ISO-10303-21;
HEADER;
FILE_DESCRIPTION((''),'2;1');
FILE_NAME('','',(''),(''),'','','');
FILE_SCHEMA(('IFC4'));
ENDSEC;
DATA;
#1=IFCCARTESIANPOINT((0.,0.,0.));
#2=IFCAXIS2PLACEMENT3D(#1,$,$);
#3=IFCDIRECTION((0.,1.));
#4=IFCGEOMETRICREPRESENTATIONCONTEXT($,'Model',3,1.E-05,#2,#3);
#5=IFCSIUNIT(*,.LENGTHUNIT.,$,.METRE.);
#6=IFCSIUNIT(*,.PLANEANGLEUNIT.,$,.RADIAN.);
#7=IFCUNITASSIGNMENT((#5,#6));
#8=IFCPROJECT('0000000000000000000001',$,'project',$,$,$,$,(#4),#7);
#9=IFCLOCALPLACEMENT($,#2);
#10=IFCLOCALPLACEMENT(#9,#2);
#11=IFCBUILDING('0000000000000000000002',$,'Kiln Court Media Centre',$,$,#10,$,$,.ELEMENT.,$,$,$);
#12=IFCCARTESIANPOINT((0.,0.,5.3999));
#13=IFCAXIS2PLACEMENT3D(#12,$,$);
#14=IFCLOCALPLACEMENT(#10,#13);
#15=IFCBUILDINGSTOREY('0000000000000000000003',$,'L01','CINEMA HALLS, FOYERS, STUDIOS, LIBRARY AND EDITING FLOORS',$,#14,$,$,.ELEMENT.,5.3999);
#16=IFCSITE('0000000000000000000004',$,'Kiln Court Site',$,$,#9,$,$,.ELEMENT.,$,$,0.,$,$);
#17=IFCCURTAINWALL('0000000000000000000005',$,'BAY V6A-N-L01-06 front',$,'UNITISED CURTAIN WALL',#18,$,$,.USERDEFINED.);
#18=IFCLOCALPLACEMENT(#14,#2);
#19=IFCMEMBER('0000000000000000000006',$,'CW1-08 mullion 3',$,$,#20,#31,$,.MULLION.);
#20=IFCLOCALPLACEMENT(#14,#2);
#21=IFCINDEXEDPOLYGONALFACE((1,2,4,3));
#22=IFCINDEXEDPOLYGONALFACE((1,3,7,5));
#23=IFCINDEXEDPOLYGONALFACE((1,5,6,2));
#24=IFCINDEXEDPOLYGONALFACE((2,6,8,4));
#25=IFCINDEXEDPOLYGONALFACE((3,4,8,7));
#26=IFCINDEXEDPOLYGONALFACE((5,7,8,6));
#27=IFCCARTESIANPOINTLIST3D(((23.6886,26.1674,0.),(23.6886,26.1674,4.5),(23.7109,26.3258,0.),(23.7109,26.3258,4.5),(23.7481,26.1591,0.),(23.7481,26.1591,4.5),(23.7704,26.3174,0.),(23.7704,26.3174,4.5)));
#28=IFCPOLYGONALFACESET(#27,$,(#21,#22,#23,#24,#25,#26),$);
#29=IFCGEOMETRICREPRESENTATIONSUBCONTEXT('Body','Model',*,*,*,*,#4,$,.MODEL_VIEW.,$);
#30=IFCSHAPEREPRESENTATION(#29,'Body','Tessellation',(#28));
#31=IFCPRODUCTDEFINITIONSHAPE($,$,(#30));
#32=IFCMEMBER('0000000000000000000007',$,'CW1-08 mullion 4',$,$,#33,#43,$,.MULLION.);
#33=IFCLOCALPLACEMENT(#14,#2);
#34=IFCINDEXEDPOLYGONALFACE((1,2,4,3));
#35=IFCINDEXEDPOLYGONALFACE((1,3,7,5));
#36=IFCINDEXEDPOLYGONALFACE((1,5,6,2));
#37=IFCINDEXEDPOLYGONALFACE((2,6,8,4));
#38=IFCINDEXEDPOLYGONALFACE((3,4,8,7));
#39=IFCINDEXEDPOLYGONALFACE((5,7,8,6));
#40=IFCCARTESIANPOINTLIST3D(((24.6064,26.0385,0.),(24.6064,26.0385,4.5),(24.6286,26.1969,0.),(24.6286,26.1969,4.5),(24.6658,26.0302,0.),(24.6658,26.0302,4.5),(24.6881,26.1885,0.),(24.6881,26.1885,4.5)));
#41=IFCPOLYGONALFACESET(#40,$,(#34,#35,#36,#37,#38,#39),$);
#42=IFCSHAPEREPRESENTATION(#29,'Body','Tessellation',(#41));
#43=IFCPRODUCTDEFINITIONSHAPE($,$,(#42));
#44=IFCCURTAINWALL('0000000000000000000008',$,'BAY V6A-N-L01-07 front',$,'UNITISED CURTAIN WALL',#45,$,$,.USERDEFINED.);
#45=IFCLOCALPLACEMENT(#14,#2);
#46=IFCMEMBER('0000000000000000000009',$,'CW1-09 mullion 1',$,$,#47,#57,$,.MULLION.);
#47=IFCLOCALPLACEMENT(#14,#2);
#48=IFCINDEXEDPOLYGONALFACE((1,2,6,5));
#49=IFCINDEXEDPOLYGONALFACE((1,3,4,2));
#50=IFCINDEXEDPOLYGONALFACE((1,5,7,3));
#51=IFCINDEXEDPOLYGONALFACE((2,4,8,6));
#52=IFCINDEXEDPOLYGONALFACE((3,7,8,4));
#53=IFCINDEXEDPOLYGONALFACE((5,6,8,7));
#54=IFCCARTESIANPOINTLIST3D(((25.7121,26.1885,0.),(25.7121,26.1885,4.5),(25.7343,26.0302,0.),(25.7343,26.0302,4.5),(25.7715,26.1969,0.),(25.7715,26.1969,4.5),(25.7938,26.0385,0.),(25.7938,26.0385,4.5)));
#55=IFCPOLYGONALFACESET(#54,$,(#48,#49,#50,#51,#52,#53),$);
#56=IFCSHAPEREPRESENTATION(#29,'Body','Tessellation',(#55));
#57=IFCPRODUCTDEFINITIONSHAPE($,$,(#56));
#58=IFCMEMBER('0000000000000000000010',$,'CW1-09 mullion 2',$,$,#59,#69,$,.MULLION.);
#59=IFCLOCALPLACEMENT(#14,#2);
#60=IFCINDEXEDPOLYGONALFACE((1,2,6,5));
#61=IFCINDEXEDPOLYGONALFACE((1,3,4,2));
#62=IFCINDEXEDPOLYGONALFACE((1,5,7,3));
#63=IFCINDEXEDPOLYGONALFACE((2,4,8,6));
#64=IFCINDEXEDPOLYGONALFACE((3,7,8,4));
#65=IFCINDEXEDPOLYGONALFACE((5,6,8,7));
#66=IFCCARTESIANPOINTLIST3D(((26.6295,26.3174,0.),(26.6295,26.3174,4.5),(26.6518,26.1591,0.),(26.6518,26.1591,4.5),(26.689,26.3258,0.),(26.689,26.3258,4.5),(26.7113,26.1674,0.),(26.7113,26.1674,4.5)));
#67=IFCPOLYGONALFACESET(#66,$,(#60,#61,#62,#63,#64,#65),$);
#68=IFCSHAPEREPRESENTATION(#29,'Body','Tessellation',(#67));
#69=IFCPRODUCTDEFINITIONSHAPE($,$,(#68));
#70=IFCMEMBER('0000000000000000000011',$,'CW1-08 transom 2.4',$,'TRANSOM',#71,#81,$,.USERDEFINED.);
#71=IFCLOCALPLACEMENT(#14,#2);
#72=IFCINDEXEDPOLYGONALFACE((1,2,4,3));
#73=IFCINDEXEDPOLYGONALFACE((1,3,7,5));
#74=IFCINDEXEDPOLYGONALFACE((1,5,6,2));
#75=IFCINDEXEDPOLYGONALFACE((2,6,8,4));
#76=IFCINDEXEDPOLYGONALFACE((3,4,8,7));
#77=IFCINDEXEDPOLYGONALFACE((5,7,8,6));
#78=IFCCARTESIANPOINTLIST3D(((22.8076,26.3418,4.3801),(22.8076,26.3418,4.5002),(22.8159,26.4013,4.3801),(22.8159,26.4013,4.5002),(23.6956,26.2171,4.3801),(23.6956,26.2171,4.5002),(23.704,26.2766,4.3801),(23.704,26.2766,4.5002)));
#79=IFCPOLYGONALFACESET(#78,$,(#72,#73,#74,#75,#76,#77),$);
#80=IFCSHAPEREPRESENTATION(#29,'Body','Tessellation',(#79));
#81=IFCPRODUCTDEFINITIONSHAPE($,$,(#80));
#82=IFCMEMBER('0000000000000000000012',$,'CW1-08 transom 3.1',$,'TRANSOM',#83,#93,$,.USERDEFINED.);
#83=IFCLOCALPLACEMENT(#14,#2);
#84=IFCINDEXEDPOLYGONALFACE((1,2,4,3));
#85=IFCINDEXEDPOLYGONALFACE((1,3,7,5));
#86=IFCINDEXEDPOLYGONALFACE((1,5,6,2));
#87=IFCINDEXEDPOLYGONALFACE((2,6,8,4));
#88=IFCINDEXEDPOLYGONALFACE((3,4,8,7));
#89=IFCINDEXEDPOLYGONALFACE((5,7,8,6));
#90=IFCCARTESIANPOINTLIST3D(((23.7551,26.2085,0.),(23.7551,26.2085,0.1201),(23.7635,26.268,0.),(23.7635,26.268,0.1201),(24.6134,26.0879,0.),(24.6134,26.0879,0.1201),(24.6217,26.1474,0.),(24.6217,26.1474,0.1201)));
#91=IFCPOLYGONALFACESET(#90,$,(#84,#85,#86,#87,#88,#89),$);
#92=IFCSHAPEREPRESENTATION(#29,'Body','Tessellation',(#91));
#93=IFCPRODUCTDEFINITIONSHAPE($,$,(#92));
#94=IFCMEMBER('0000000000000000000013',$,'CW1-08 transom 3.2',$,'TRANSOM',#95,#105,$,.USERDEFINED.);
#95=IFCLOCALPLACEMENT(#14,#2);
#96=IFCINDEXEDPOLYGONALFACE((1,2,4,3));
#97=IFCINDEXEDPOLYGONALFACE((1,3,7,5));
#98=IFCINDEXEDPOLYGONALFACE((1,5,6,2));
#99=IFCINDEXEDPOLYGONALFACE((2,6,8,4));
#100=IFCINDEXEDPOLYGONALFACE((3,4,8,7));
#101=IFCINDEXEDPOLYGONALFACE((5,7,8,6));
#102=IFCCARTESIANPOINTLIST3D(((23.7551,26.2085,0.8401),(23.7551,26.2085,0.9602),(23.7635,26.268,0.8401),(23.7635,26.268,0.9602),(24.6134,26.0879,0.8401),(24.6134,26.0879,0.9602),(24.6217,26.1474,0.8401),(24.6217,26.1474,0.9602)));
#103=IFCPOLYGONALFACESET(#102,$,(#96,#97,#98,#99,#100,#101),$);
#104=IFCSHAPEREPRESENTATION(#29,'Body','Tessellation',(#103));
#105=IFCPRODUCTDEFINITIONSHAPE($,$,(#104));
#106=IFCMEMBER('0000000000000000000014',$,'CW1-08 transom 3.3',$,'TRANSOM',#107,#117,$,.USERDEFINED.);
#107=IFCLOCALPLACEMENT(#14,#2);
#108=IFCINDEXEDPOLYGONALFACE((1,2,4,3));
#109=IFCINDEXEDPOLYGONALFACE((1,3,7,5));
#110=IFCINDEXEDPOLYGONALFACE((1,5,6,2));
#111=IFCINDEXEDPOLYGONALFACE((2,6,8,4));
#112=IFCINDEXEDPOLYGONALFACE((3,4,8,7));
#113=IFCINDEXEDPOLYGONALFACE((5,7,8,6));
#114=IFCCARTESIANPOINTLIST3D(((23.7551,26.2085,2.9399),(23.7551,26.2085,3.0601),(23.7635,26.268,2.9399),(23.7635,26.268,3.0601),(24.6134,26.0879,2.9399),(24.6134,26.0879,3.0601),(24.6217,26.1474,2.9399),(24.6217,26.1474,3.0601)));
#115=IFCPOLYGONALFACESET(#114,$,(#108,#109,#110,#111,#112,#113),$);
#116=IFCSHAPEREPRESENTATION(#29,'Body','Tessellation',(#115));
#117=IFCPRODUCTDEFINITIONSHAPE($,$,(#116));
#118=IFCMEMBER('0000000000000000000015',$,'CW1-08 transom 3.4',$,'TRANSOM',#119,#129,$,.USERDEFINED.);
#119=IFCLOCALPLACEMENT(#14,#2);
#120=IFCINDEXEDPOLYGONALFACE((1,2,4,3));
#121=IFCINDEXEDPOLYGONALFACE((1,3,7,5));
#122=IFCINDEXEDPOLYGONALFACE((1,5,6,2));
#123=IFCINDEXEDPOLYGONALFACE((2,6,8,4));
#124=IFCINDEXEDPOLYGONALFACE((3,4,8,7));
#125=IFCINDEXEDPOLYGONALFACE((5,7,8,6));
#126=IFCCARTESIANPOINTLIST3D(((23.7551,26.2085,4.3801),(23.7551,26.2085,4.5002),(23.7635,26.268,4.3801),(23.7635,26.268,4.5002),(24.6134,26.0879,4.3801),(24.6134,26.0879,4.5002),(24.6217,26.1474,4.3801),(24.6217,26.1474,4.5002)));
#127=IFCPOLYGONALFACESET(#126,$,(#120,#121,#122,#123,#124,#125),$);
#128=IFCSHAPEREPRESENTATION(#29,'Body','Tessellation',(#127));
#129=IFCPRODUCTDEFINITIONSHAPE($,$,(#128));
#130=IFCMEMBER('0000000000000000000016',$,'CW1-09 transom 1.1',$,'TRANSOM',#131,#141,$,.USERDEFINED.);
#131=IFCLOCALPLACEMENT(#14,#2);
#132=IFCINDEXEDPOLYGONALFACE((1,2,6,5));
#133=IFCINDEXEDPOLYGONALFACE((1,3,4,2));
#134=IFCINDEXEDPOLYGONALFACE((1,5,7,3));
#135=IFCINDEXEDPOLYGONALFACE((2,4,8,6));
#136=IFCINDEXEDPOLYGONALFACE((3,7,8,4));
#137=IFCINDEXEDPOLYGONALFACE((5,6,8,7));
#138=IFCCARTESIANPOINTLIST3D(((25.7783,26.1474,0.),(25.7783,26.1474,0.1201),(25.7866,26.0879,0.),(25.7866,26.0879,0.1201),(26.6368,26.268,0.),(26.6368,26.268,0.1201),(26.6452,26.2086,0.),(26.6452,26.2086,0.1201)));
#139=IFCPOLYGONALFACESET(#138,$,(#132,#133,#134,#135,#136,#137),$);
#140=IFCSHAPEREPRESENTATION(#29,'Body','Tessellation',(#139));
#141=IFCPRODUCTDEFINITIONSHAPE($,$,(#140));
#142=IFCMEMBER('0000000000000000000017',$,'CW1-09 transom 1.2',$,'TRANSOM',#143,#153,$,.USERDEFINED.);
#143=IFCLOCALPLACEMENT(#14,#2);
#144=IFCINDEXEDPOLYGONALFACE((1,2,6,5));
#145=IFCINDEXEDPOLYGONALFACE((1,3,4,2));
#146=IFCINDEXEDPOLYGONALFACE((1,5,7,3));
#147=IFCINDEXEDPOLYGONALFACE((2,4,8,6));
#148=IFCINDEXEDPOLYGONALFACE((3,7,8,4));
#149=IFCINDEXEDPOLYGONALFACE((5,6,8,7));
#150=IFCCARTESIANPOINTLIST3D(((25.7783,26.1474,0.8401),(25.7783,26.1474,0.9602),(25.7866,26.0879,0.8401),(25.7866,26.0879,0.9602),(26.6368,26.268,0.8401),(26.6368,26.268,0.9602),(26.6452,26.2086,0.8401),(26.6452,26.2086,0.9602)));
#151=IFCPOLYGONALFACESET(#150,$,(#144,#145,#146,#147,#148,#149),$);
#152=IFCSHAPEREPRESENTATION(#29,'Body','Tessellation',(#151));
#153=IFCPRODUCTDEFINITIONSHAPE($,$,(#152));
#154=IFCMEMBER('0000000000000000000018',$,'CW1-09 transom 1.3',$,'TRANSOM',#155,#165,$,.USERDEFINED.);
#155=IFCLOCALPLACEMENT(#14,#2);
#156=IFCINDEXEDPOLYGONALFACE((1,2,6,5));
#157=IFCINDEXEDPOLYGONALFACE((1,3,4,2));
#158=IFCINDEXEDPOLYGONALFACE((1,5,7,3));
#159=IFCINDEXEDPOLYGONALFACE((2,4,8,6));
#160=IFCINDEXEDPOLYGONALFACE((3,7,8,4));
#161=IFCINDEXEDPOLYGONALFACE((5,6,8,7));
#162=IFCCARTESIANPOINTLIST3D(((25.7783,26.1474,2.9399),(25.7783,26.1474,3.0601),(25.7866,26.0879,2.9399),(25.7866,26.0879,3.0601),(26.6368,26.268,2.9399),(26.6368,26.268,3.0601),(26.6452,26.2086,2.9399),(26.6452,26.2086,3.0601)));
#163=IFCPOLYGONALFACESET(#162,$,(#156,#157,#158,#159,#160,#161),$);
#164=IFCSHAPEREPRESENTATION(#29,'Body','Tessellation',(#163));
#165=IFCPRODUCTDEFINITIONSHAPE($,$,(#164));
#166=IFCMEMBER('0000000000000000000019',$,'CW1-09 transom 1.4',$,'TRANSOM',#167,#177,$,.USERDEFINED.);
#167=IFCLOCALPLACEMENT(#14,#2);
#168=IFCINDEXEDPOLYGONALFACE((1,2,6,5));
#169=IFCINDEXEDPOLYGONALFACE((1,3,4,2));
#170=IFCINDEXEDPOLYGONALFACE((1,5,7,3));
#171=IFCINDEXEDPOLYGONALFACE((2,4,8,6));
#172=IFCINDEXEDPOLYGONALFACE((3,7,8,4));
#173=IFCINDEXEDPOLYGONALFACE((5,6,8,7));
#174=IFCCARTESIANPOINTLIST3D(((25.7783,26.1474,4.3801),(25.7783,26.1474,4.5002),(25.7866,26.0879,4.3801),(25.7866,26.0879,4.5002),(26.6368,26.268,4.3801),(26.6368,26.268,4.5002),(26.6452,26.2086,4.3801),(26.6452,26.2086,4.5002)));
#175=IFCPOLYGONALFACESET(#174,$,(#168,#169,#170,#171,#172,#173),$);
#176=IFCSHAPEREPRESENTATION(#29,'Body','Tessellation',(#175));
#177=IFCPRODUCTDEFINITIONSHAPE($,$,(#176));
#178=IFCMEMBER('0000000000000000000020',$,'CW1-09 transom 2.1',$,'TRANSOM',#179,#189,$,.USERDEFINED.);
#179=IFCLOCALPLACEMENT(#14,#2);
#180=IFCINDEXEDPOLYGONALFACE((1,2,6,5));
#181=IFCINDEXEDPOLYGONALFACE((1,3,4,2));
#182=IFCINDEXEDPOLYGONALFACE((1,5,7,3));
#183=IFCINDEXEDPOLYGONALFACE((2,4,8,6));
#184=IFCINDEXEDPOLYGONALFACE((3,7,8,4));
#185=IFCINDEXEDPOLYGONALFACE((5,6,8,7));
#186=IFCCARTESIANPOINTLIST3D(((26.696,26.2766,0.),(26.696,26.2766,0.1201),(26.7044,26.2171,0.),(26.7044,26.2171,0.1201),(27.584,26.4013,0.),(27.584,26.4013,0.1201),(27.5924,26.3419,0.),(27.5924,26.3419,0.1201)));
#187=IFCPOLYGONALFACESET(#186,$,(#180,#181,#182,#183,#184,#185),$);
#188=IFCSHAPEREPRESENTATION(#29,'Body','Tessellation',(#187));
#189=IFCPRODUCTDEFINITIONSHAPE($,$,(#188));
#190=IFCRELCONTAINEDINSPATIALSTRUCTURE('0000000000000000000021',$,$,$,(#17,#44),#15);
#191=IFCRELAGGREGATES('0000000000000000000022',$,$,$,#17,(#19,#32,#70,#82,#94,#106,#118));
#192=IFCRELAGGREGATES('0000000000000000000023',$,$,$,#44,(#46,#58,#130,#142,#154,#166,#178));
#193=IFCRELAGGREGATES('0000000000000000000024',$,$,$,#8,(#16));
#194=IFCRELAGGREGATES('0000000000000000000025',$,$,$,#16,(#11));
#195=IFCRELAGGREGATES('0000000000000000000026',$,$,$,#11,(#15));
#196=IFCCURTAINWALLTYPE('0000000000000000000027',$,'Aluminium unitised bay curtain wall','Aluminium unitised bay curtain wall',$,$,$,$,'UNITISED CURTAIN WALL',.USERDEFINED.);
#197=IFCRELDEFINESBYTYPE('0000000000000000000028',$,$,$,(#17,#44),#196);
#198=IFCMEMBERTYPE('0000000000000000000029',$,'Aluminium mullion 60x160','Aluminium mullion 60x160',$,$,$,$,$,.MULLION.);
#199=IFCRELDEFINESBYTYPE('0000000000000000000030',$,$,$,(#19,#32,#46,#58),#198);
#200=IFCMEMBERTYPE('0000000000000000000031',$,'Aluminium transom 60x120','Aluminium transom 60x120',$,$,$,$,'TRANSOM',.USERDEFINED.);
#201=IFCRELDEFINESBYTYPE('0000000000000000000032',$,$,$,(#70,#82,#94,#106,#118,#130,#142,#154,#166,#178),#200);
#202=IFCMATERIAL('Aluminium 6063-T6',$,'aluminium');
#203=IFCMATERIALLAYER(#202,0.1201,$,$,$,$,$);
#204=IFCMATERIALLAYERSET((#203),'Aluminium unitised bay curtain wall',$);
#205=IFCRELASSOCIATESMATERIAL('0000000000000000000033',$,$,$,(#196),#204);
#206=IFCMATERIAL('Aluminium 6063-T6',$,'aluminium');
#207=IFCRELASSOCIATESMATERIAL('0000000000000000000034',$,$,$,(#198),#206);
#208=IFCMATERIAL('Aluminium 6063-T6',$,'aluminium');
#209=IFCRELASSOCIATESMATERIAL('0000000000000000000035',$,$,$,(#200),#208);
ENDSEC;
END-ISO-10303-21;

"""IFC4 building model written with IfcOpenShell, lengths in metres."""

from ifc_helpers import new_model, si_unit, direction, frame, origin, origin_2d, place, context, subcontext, project, spatial, rectangle, extrude, material, layer, layer_set, material_profile, profile_set, type_object, element, aggregate, save


model = new_model("IFC4")

# Units and contexts
model_context = context("Model", 3, precision=1e-05, world=origin(), true_north=direction((0.0, 1.0)))
body_context = subcontext(model_context, "Body", "Model", "MODEL_VIEW")
ifc_project = project(units=[si_unit("LENGTHUNIT", "METRE"), si_unit("PLANEANGLEUNIT", "RADIAN")], contexts=[model_context])

# Site, building, storey
site_placement = place(None, origin())
site = spatial("IfcSite", under=ifc_project, at=site_placement, Name="Kiln Court Site", CompositionType="ELEMENT", RefElevation=0.0)
building_placement = place(site_placement, origin())
building = spatial("IfcBuilding", under=site, at=building_placement, Name="Kiln Court Media Centre", CompositionType="ELEMENT")
storey_placement = place(building_placement, frame((0.0, 0.0, 5.3999)))
storey = spatial("IfcBuildingStorey", under=building, at=storey_placement, Name="L01", Description="CINEMA HALLS, FOYERS, STUDIOS, LIBRARY AND EDITING FLOORS", CompositionType="ELEMENT", Elevation=5.3999)

# Curtain walls, members
ifc_material_1 = material(Name="Aluminium 6063-T6", Category="aluminium")
ifc_layer_1 = layer(ifc_material_1, 0.1201)
ifc_layer_set_1 = layer_set([ifc_layer_1], Name="Aluminium unitised bay curtain wall")
curtain_wall_type = type_object("IfcCurtainWallType", Name="Aluminium unitised bay curtain wall", Description="Aluminium unitised bay curtain wall", ElementType="UNITISED CURTAIN WALL", PredefinedType="USERDEFINED", material=ifc_layer_set_1)
curtain_wall_1_placement = place(storey_placement, origin())
curtain_wall_1 = element("IfcCurtainWall", 1, at=curtain_wall_1_placement, inside=storey, type_object=curtain_wall_type, Name="BAY V6A-N-L01-06 front", ObjectType="UNITISED CURTAIN WALL", PredefinedType="USERDEFINED")
ifc_material_2 = material(Name="Aluminium 6063-T6", Category="aluminium")
ifc_material_profile_1 = material_profile(ifc_material_2, rectangle(XDim=0.0601, YDim=0.1599, at=origin_2d()), Name="Aluminium mullion 60x160")
ifc_profile_set_1 = profile_set([ifc_material_profile_1], Name="Aluminium 6063-T6")
member_type_1 = type_object("IfcMemberType", Name="Aluminium mullion 60x160", Description="Aluminium mullion 60x160", PredefinedType="MULLION", material=ifc_profile_set_1)
member_1_placement = place(storey_placement, frame((23.7295, 26.2424, 0.0), z_axis=(0.0, 0.0, 1.0), x_axis=(0.99027, -0.139162, 0.0)))
member_1 = element("IfcMember", 2, at=member_1_placement, type_object=member_type_1, Name="CW1-08 mullion 3", PredefinedType="MULLION", context=body_context, shape_type="SweptSolid", body=[
    extrude(rectangle(XDim=0.0601, YDim=0.1599, at=origin_2d()), origin(), (0.0, 0.0, 1.0), 4.5),
])
member_2_placement = place(storey_placement, frame((24.6472, 26.1135, 0.0), z_axis=(0.0, 0.0, 1.0), x_axis=(0.99027, -0.139162, 0.0)))
member_2 = element("IfcMember", 3, at=member_2_placement, type_object=member_type_1, Name="CW1-08 mullion 4", PredefinedType="MULLION", context=body_context, shape_type="SweptSolid", body=[
    extrude(rectangle(XDim=0.0601, YDim=0.1599, at=origin_2d()), origin(), (0.0, 0.0, 1.0), 4.5),
])
curtain_wall_2_placement = place(storey_placement, origin())
curtain_wall_2 = element("IfcCurtainWall", 4, at=curtain_wall_2_placement, inside=storey, type_object=curtain_wall_type, Name="BAY V6A-N-L01-07 front", ObjectType="UNITISED CURTAIN WALL", PredefinedType="USERDEFINED")
member_3_placement = place(storey_placement, frame((25.7529, 26.1135, 0.0), z_axis=(0.0, 0.0, 1.0), x_axis=(0.99027, 0.139162, 0.0)))
member_3 = element("IfcMember", 5, at=member_3_placement, type_object=member_type_1, Name="CW1-09 mullion 1", PredefinedType="MULLION", context=body_context, shape_type="SweptSolid", body=[
    extrude(rectangle(XDim=0.0601, YDim=0.1599, at=origin_2d()), origin(), (0.0, 0.0, 1.0), 4.5),
])
member_4_placement = place(storey_placement, frame((26.6704, 26.2424, 0.0), z_axis=(0.0, 0.0, 1.0), x_axis=(0.99027, 0.139162, 0.0)))
member_4 = element("IfcMember", 6, at=member_4_placement, type_object=member_type_1, Name="CW1-09 mullion 2", PredefinedType="MULLION", context=body_context, shape_type="SweptSolid", body=[
    extrude(rectangle(XDim=0.0601, YDim=0.1599, at=origin_2d()), origin(), (0.0, 0.0, 1.0), 4.5),
])

# Members
ifc_material_3 = material(Name="Aluminium 6063-T6", Category="aluminium")
ifc_material_profile_2 = material_profile(ifc_material_3, rectangle(XDim=0.0601, YDim=0.1201, at=origin_2d()), Name="Aluminium transom 60x120")
ifc_profile_set_2 = profile_set([ifc_material_profile_2], Name="Aluminium 6063-T6")
member_type_2 = type_object("IfcMemberType", Name="Aluminium transom 60x120", Description="Aluminium transom 60x120", ElementType="TRANSOM", PredefinedType="USERDEFINED", material=ifc_profile_set_2)
member_5_placement = place(storey_placement, frame((22.8118, 26.3716, 4.4402), z_axis=(0.990274, -0.139134, 0.0), x_axis=(0.139134, 0.990274, 0.0)))
member_5 = element("IfcMember", 7, at=member_5_placement, type_object=member_type_2, Name="CW1-08 transom 2.4", ObjectType="TRANSOM", PredefinedType="USERDEFINED", context=body_context, shape_type="SweptSolid", body=[
    extrude(rectangle(XDim=0.0601, YDim=0.1201, at=origin_2d()), origin(), (0.0, 0.0, 1.0), 0.8967),
])
member_6_placement = place(storey_placement, frame((23.7593, 26.2383, 0.0601), z_axis=(0.990268, -0.139173, 0.0), x_axis=(0.139173, 0.990268, 0.0)))
member_6 = element("IfcMember", 8, at=member_6_placement, type_object=member_type_2, Name="CW1-08 transom 3.1", ObjectType="TRANSOM", PredefinedType="USERDEFINED", context=body_context, shape_type="SweptSolid", body=[
    extrude(rectangle(XDim=0.0601, YDim=0.1201, at=origin_2d()), origin(), (0.0, 0.0, 1.0), 0.8667),
])
member_7_placement = place(storey_placement, frame((23.7593, 26.2383, 0.9001), z_axis=(0.990268, -0.139173, 0.0), x_axis=(0.139173, 0.990268, 0.0)))
member_7 = element("IfcMember", 9, at=member_7_placement, type_object=member_type_2, Name="CW1-08 transom 3.2", ObjectType="TRANSOM", PredefinedType="USERDEFINED", context=body_context, shape_type="SweptSolid", body=[
    extrude(rectangle(XDim=0.0601, YDim=0.1201, at=origin_2d()), origin(), (0.0, 0.0, 1.0), 0.8667),
])
member_8_placement = place(storey_placement, frame((23.7593, 26.2383, 3.0), z_axis=(0.990268, -0.139173, 0.0), x_axis=(0.139173, 0.990268, 0.0)))
member_8 = element("IfcMember", 10, at=member_8_placement, type_object=member_type_2, Name="CW1-08 transom 3.3", ObjectType="TRANSOM", PredefinedType="USERDEFINED", context=body_context, shape_type="SweptSolid", body=[
    extrude(rectangle(XDim=0.0601, YDim=0.1201, at=origin_2d()), origin(), (0.0, 0.0, 1.0), 0.8667),
])
member_9_placement = place(storey_placement, frame((23.7593, 26.2383, 4.4402), z_axis=(0.990268, -0.139173, 0.0), x_axis=(0.139173, 0.990268, 0.0)))
member_9 = element("IfcMember", 11, at=member_9_placement, type_object=member_type_2, Name="CW1-08 transom 3.4", ObjectType="TRANSOM", PredefinedType="USERDEFINED", context=body_context, shape_type="SweptSolid", body=[
    extrude(rectangle(XDim=0.0601, YDim=0.1201, at=origin_2d()), origin(), (0.0, 0.0, 1.0), 0.8667),
])
member_10_placement = place(storey_placement, frame((25.7825, 26.1177, 0.0601), z_axis=(0.990274, 0.139134, 0.0), x_axis=(-0.139134, 0.990274, 0.0)))
member_10 = element("IfcMember", 12, at=member_10_placement, type_object=member_type_2, Name="CW1-09 transom 1.1", ObjectType="TRANSOM", PredefinedType="USERDEFINED", context=body_context, shape_type="SweptSolid", body=[
    extrude(rectangle(XDim=0.0601, YDim=0.1201, at=origin_2d()), origin(), (0.0, 0.0, 1.0), 0.8669),
])
member_11_placement = place(storey_placement, frame((25.7825, 26.1177, 0.9001), z_axis=(0.990274, 0.139134, 0.0), x_axis=(-0.139134, 0.990274, 0.0)))
member_11 = element("IfcMember", 13, at=member_11_placement, type_object=member_type_2, Name="CW1-09 transom 1.2", ObjectType="TRANSOM", PredefinedType="USERDEFINED", context=body_context, shape_type="SweptSolid", body=[
    extrude(rectangle(XDim=0.0601, YDim=0.1201, at=origin_2d()), origin(), (0.0, 0.0, 1.0), 0.8669),
])
member_12_placement = place(storey_placement, frame((25.7825, 26.1177, 3.0), z_axis=(0.990274, 0.139134, 0.0), x_axis=(-0.139134, 0.990274, 0.0)))
member_12 = element("IfcMember", 14, at=member_12_placement, type_object=member_type_2, Name="CW1-09 transom 1.3", ObjectType="TRANSOM", PredefinedType="USERDEFINED", context=body_context, shape_type="SweptSolid", body=[
    extrude(rectangle(XDim=0.0601, YDim=0.1201, at=origin_2d()), origin(), (0.0, 0.0, 1.0), 0.8669),
])
member_13_placement = place(storey_placement, frame((25.7825, 26.1177, 4.4402), z_axis=(0.990274, 0.139134, 0.0), x_axis=(-0.139134, 0.990274, 0.0)))
member_13 = element("IfcMember", 15, at=member_13_placement, type_object=member_type_2, Name="CW1-09 transom 1.4", ObjectType="TRANSOM", PredefinedType="USERDEFINED", context=body_context, shape_type="SweptSolid", body=[
    extrude(rectangle(XDim=0.0601, YDim=0.1201, at=origin_2d()), origin(), (0.0, 0.0, 1.0), 0.8669),
])
member_14_placement = place(storey_placement, frame((26.7002, 26.2468, 0.0601), z_axis=(0.990274, 0.139134, 0.0), x_axis=(-0.139134, 0.990274, 0.0)))
member_14 = element("IfcMember", 16, at=member_14_placement, type_object=member_type_2, Name="CW1-09 transom 2.1", ObjectType="TRANSOM", PredefinedType="USERDEFINED", context=body_context, shape_type="SweptSolid", body=[
    extrude(rectangle(XDim=0.0601, YDim=0.1201, at=origin_2d()), origin(), (0.0, 0.0, 1.0), 0.8967),
])

aggregate(curtain_wall_1, [member_1, member_2, member_5, member_6, member_7, member_8, member_9])
aggregate(curtain_wall_2, [member_3, member_4, member_10, member_11, member_12, member_13, member_14])

save(model, "model.ifc")
